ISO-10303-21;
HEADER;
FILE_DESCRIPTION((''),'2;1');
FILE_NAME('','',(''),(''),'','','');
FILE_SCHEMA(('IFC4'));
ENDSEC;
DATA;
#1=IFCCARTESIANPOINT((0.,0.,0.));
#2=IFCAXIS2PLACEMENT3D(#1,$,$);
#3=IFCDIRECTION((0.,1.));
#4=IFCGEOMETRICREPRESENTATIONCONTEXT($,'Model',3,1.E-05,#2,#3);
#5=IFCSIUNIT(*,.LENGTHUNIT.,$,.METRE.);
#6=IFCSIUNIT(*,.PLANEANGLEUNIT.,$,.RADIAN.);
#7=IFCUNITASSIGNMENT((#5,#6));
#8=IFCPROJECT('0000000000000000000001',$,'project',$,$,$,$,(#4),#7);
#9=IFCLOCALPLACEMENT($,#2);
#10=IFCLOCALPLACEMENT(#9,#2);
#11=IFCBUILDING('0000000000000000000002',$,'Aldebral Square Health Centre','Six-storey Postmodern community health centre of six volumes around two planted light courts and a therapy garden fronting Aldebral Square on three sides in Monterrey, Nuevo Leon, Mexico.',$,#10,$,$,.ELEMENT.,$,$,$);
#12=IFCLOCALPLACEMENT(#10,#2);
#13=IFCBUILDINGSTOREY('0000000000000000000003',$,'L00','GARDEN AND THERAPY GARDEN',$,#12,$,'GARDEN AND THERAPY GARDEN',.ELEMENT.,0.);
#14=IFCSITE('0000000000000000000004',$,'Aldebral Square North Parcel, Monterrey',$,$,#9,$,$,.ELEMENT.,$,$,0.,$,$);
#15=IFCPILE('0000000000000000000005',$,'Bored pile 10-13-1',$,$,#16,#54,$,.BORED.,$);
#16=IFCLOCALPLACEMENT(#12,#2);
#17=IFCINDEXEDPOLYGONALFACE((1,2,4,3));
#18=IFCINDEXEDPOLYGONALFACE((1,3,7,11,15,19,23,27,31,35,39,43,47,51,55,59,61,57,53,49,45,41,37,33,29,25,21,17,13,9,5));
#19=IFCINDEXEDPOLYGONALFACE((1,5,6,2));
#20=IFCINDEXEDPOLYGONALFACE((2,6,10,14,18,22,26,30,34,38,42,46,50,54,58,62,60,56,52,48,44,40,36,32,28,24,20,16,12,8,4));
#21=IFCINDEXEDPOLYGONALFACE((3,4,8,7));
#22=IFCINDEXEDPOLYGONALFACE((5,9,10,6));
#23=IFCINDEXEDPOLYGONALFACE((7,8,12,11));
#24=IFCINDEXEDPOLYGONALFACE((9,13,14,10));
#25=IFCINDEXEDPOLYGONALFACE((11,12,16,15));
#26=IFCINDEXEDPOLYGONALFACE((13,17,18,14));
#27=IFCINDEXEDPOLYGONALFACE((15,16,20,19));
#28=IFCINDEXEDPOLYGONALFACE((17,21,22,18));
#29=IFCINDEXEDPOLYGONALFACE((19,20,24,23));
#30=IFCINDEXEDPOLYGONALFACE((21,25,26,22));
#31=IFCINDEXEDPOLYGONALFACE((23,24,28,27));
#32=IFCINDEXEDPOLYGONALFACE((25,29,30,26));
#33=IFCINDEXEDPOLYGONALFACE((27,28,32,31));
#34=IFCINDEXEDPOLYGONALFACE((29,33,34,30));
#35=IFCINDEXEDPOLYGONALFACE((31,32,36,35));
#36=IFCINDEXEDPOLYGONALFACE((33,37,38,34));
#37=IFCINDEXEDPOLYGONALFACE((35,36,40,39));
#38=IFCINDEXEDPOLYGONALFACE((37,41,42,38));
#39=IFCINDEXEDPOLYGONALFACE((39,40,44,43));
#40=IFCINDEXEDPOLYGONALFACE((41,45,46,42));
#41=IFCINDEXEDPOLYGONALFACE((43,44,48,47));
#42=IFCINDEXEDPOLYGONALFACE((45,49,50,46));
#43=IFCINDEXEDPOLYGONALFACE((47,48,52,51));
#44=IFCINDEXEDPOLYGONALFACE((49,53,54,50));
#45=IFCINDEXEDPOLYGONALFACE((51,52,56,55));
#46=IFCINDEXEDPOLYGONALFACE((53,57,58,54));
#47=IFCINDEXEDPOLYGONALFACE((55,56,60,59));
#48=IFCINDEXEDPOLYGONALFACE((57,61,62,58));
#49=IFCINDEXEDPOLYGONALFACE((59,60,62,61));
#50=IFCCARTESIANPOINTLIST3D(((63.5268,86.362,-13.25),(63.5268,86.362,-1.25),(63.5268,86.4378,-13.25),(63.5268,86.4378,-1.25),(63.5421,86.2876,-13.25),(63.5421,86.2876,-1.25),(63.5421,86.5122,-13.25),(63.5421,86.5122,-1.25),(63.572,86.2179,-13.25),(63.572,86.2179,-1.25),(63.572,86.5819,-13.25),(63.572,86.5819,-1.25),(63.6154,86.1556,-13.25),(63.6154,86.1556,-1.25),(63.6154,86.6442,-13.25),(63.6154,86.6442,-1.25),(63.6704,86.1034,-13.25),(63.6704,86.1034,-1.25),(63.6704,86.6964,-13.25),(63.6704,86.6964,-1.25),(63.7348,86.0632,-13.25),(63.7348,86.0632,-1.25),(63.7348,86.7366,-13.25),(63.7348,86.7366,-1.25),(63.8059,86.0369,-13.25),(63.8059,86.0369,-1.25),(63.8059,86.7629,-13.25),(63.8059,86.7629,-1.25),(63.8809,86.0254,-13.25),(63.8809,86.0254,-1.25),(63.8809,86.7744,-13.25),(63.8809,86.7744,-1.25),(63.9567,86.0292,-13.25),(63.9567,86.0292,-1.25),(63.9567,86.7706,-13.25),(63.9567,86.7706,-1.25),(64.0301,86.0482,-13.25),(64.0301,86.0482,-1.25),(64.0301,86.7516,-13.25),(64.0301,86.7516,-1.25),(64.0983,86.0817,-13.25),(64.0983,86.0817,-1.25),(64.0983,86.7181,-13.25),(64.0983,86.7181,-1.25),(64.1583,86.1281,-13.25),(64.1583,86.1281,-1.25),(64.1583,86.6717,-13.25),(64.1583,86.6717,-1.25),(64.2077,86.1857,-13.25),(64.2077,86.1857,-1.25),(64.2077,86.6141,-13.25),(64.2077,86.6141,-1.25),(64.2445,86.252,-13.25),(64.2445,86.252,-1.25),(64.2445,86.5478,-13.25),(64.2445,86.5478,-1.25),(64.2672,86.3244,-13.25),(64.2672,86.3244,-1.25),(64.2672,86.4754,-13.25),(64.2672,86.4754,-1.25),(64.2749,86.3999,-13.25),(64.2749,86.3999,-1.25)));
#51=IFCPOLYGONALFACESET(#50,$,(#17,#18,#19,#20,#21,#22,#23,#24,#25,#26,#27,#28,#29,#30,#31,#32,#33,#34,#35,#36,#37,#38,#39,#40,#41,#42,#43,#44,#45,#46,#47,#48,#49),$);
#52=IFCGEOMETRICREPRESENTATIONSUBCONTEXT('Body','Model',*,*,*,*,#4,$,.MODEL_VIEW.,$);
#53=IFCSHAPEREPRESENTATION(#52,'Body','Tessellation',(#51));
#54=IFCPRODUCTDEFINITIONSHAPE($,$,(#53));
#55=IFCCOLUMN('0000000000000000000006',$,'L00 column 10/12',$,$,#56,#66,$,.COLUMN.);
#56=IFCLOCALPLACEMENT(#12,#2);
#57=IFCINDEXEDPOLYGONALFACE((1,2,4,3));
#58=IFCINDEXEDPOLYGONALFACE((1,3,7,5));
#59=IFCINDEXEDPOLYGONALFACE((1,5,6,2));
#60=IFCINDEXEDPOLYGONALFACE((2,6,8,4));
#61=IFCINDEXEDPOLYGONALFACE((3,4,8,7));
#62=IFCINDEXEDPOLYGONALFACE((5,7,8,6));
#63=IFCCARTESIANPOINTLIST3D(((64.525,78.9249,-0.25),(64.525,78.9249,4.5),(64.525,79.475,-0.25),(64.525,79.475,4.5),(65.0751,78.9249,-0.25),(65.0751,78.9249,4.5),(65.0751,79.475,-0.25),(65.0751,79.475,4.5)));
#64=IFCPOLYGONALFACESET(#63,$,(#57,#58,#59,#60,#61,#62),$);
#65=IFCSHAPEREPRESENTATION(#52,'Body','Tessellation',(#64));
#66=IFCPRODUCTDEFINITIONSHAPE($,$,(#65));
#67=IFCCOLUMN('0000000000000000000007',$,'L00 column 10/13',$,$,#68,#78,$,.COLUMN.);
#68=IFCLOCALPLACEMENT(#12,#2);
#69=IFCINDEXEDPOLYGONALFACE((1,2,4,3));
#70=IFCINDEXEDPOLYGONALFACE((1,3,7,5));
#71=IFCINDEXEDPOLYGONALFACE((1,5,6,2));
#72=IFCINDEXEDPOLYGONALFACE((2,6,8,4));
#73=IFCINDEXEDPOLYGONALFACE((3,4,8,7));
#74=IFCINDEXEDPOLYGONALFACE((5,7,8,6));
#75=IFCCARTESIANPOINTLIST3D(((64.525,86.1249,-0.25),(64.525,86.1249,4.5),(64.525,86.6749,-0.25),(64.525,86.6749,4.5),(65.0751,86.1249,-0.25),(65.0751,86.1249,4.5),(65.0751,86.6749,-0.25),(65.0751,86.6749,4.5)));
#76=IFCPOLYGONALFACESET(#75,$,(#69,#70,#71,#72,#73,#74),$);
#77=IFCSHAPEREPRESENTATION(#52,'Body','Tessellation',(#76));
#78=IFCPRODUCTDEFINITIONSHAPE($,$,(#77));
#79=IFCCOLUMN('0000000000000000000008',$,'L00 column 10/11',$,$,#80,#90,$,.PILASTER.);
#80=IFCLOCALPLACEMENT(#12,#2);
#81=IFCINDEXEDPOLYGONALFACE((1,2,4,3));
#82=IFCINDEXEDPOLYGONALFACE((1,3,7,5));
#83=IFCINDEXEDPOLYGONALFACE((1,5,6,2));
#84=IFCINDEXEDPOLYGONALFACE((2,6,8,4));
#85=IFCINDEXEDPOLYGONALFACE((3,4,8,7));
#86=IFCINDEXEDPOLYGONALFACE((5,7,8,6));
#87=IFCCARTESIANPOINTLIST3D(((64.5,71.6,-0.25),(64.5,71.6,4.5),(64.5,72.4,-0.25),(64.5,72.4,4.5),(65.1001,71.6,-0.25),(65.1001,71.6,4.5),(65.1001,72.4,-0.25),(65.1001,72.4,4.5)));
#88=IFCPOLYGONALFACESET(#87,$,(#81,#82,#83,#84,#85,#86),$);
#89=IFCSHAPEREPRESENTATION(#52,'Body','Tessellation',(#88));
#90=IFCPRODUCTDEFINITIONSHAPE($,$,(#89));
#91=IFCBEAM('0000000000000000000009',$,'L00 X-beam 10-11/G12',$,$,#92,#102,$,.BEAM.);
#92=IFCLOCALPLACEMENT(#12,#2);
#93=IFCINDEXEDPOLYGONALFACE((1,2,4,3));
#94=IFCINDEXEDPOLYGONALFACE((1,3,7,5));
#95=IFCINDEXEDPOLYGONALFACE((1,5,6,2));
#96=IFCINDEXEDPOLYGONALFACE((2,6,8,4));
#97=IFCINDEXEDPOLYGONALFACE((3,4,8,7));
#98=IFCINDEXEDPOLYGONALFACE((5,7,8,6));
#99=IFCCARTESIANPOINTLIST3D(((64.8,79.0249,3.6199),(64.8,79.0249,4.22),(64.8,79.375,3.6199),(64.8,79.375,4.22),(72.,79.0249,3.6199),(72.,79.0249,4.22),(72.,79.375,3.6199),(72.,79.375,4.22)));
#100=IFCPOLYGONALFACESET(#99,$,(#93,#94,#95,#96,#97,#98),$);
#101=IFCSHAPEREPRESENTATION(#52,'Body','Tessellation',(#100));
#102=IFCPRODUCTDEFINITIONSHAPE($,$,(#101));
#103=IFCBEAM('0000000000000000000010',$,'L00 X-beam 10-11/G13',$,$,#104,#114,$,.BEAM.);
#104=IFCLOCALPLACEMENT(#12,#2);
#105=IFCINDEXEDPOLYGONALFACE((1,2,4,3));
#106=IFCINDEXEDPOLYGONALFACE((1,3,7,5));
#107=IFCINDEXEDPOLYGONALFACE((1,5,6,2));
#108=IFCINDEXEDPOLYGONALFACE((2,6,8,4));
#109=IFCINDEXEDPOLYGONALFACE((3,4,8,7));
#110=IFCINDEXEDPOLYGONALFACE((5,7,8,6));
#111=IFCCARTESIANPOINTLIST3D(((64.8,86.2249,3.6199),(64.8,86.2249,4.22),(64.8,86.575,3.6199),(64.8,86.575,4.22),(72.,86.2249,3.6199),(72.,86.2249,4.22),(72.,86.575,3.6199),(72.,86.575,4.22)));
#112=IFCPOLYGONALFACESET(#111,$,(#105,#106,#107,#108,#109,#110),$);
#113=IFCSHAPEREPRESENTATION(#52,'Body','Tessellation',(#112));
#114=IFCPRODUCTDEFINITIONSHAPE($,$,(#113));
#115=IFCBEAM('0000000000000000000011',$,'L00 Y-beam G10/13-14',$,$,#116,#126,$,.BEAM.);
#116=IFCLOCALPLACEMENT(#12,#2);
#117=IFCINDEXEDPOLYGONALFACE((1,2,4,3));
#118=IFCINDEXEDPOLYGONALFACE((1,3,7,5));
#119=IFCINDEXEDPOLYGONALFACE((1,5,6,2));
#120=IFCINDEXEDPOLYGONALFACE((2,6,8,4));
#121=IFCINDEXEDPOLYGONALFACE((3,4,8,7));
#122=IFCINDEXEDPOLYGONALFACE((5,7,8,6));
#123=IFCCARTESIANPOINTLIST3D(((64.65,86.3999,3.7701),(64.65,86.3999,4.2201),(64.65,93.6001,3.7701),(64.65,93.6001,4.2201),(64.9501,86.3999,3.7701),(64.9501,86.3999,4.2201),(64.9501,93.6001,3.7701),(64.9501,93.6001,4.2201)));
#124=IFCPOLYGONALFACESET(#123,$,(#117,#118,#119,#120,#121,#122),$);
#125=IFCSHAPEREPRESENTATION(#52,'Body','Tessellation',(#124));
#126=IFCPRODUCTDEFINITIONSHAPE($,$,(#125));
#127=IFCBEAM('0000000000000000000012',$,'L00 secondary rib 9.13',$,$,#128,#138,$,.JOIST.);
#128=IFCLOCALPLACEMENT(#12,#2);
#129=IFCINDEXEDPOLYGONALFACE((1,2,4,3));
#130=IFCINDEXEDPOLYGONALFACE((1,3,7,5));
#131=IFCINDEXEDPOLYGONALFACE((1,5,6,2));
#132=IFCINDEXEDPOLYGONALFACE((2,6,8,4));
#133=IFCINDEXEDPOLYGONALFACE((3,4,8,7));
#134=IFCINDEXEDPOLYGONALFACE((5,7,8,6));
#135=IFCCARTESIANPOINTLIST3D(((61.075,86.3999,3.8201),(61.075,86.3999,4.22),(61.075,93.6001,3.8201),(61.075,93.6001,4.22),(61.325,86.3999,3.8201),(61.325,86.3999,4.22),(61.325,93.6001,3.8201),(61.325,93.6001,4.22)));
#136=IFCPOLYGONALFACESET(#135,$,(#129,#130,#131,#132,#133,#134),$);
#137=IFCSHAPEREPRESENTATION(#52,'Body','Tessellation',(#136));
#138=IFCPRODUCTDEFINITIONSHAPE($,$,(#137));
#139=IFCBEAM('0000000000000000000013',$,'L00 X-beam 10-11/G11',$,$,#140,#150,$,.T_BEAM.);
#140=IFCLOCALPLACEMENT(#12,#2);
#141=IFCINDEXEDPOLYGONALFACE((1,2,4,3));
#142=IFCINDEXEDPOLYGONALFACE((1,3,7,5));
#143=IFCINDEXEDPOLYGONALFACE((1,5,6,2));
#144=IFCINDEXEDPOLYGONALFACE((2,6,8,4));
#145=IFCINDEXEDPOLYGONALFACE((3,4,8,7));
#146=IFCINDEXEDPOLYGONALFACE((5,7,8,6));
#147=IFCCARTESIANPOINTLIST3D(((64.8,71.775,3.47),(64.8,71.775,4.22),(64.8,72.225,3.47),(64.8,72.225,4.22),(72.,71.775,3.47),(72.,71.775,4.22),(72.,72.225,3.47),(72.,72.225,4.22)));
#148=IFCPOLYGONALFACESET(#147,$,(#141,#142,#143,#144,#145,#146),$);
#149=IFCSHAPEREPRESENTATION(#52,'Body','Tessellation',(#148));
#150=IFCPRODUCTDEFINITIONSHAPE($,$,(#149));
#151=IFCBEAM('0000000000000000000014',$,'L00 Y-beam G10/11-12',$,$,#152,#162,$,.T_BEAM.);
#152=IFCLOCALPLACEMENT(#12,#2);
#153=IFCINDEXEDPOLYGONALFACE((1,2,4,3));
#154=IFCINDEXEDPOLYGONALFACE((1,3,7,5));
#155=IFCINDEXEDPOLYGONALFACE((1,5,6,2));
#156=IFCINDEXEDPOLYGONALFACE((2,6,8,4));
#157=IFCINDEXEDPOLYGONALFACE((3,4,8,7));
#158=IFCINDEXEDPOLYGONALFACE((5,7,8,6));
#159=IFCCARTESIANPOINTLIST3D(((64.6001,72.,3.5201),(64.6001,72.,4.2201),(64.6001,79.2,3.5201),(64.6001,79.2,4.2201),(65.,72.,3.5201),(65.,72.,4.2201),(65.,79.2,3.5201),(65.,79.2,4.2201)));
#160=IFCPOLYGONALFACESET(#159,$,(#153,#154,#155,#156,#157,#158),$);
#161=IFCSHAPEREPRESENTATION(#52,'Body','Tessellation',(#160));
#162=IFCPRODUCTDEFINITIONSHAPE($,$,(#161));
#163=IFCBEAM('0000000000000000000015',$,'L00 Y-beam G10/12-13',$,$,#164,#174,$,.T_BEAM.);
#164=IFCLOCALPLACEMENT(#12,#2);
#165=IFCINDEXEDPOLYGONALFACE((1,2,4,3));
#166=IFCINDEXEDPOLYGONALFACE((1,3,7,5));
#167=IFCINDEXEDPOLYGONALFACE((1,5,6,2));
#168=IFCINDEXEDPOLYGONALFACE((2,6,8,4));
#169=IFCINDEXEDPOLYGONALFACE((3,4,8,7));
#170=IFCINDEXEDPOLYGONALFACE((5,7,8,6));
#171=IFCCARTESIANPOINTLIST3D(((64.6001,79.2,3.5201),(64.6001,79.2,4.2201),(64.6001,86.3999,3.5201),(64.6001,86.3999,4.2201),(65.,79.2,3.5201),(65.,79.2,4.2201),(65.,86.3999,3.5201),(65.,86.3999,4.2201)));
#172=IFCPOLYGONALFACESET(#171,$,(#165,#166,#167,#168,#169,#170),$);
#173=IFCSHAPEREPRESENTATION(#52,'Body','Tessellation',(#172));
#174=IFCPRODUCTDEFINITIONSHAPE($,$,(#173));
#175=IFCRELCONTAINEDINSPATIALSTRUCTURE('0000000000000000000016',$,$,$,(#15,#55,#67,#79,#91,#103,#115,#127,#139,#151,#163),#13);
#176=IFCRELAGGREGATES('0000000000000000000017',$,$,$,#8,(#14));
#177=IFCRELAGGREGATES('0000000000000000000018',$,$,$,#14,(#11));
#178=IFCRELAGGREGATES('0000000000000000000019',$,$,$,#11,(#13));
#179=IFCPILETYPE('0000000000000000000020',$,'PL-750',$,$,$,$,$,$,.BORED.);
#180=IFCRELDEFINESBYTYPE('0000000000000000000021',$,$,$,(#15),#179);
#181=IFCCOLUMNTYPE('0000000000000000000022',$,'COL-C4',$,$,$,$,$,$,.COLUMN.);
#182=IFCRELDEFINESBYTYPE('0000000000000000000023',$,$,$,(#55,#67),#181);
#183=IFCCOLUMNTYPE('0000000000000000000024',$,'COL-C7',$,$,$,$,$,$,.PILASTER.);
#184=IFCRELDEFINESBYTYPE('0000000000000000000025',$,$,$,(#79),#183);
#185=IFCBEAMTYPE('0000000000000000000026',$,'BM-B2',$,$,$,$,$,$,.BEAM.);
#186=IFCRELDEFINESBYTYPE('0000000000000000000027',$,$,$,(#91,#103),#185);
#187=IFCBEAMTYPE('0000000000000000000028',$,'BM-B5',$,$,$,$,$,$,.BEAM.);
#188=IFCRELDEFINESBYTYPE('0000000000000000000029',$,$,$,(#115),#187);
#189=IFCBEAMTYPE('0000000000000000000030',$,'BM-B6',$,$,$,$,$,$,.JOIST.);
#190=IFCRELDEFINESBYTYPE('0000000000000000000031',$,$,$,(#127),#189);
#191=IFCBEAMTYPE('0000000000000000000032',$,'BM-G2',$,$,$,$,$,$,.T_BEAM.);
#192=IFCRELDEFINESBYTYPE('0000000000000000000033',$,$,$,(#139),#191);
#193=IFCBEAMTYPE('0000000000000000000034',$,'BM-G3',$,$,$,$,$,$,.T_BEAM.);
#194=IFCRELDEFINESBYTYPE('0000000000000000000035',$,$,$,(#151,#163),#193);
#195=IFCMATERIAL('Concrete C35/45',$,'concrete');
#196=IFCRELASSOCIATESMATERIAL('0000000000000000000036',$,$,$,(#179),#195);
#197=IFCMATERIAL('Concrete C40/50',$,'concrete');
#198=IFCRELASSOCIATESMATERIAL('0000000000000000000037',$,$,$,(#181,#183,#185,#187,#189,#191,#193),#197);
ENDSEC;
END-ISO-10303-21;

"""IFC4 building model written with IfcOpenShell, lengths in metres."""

from ifc_helpers import new_model, si_unit, direction, frame, origin, origin_2d, place, context, subcontext, project, spatial, rectangle, circle, extrude, material, material_profile, profile_set, type_object, element, save


model = new_model("IFC4")

# Units and contexts
model_context = context("Model", 3, precision=1e-05, world=origin(), true_north=direction((0.0, 1.0)))
body_context = subcontext(model_context, "Body", "Model", "MODEL_VIEW")
ifc_project = project(units=[si_unit("LENGTHUNIT", "METRE"), si_unit("PLANEANGLEUNIT", "RADIAN")], contexts=[model_context])

# Site, building, storey
site_placement = place(None, origin())
site = spatial("IfcSite", under=ifc_project, at=site_placement, Name="Aldebral Square North Parcel, Monterrey", CompositionType="ELEMENT", RefElevation=0.0)
building_placement = place(site_placement, origin())
building = spatial("IfcBuilding", under=site, at=building_placement, Name="Aldebral Square Health Centre", Description="Six-storey Postmodern community health centre of six volumes around two planted light courts and a therapy garden fronting Aldebral Square on three sides in Monterrey, Nuevo Leon, Mexico.", CompositionType="ELEMENT")
storey_placement = place(building_placement, origin())
storey = spatial("IfcBuildingStorey", under=building, at=storey_placement, Name="L00", Description="GARDEN AND THERAPY GARDEN", LongName="GARDEN AND THERAPY GARDEN", CompositionType="ELEMENT", Elevation=0.0)

# Shared definitions
ifc_material_1 = material(Name="Concrete C35/45", Category="concrete")

# Pile
ifc_material_profile_1 = material_profile(ifc_material_1, circle(Radius=0.375, at=origin_2d()), Name="PILE D750")
ifc_profile_set_1 = profile_set([ifc_material_profile_1], Name="Concrete C35/45")
pile_type_1 = type_object("IfcPileType", Name="PL-750", PredefinedType="BORED", material=ifc_profile_set_1)
for number, where, z_axis, x_axis, name in (
    (1, (63.8999, 86.3999, -1.25), (0.0, 0.0, -1.0), (1.0, 0.0, 0.0), "Bored pile 10-13-1"),
):
    element("IfcPile", number, at=place(storey_placement, frame(where, z_axis=z_axis, x_axis=x_axis)), inside=storey, type_object=pile_type_1, Name=name, PredefinedType="BORED", context=body_context, shape_type="SweptSolid", body=[
        extrude(circle(Radius=0.375, at=origin_2d()), origin(), (0.0, 0.0, 1.0), 12.0),
    ])

# Columns
ifc_material_2 = material(Name="Concrete C40/50", Category="concrete")
ifc_material_profile_2 = material_profile(ifc_material_2, rectangle(XDim=0.55, YDim=0.55, at=origin_2d()), Name="RC 550x550")
ifc_profile_set_2 = profile_set([ifc_material_profile_2], Name="Concrete C40/50")
column_type_1 = type_object("IfcColumnType", Name="COL-C4", PredefinedType="COLUMN", material=ifc_profile_set_2)
for number, where, z_axis, x_axis, name in (
    (2, (64.8, 79.2, -0.25), (0.0, 0.0, 1.0), (1.0, 0.0, 0.0), "L00 column 10/12"),
    (3, (64.8, 86.3999, -0.25), (0.0, 0.0, 1.0), (1.0, 0.0, 0.0), "L00 column 10/13"),
):
    element("IfcColumn", number, at=place(storey_placement, frame(where, z_axis=z_axis, x_axis=x_axis)), inside=storey, type_object=column_type_1, Name=name, PredefinedType="COLUMN", context=body_context, shape_type="SweptSolid", body=[
        extrude(rectangle(XDim=0.55, YDim=0.55, at=origin_2d()), origin(), (0.0, 0.0, 1.0), 4.75),
    ])
ifc_material_profile_3 = material_profile(ifc_material_2, rectangle(XDim=0.6001, YDim=0.8, at=origin_2d()), Name="RC 600x800")
ifc_profile_set_3 = profile_set([ifc_material_profile_3], Name="Concrete C40/50")
column_type_2 = type_object("IfcColumnType", Name="COL-C7", PredefinedType="PILASTER", material=ifc_profile_set_3)
column_placement = place(storey_placement, frame((64.8, 72.0, -0.25), z_axis=(0.0, 0.0, 1.0), x_axis=(1.0, 0.0, 0.0)))
element("IfcColumn", 4, at=column_placement, inside=storey, type_object=column_type_2, Name="L00 column 10/11", PredefinedType="PILASTER", context=body_context, shape_type="SweptSolid", body=[
    extrude(rectangle(XDim=0.6001, YDim=0.8, at=origin_2d()), origin(), (0.0, 0.0, 1.0), 4.75),
])

# Beams
ifc_material_profile_4 = material_profile(ifc_material_2, rectangle(XDim=0.3501, YDim=0.6001, at=origin_2d()), Name="RC 350x600")
ifc_profile_set_4 = profile_set([ifc_material_profile_4], Name="Concrete C40/50")
beam_type_1 = type_object("IfcBeamType", Name="BM-B2", PredefinedType="BEAM", material=ifc_profile_set_4)
for number, where, z_axis, x_axis, name in (
    (5, (64.8, 79.2, 3.9199), (1.0, 0.0, 0.0), (0.0, 1.0, 0.0), "L00 X-beam 10-11/G12"),
    (6, (64.8, 86.3999, 3.9199), (1.0, 0.0, 0.0), (0.0, 1.0, 0.0), "L00 X-beam 10-11/G13"),
):
    element("IfcBeam", number, at=place(storey_placement, frame(where, z_axis=z_axis, x_axis=x_axis)), inside=storey, type_object=beam_type_1, Name=name, PredefinedType="BEAM", context=body_context, shape_type="SweptSolid", body=[
        extrude(rectangle(XDim=0.3501, YDim=0.6001, at=origin_2d()), origin(), (0.0, 0.0, 1.0), 7.2),
    ])
ifc_material_profile_5 = material_profile(ifc_material_2, rectangle(XDim=0.3, YDim=0.45, at=origin_2d()), Name="RC 300x450")
ifc_profile_set_5 = profile_set([ifc_material_profile_5], Name="Concrete C40/50")
beam_type_2 = type_object("IfcBeamType", Name="BM-B5", PredefinedType="BEAM", material=ifc_profile_set_5)
beam_1_placement = place(storey_placement, frame((64.8, 86.3999, 3.9951), z_axis=(0.0, 1.0, 0.0), x_axis=(-1.0, 0.0, 0.0)))
element("IfcBeam", 7, at=beam_1_placement, inside=storey, type_object=beam_type_2, Name="L00 Y-beam G10/13-14", PredefinedType="BEAM", context=body_context, shape_type="SweptSolid", body=[
    extrude(rectangle(XDim=0.3, YDim=0.45, at=origin_2d()), origin(), (0.0, 0.0, 1.0), 7.2002),
])
ifc_material_profile_6 = material_profile(ifc_material_2, rectangle(XDim=0.25, YDim=0.3999, at=origin_2d()), Name="RC 250x400")
ifc_profile_set_6 = profile_set([ifc_material_profile_6], Name="Concrete C40/50")
beam_type_3 = type_object("IfcBeamType", Name="BM-B6", PredefinedType="JOIST", material=ifc_profile_set_6)
beam_2_placement = place(storey_placement, frame((61.2, 86.3999, 4.02), z_axis=(0.0, 1.0, 0.0), x_axis=(-1.0, 0.0, 0.0)))
element("IfcBeam", 8, at=beam_2_placement, inside=storey, type_object=beam_type_3, Name="L00 secondary rib 9.13", PredefinedType="JOIST", context=body_context, shape_type="SweptSolid", body=[
    extrude(rectangle(XDim=0.25, YDim=0.3999, at=origin_2d()), origin(), (0.0, 0.0, 1.0), 7.2002),
])
ifc_material_profile_7 = material_profile(ifc_material_2, rectangle(XDim=0.45, YDim=0.75, at=origin_2d()), Name="RC 450x750")
ifc_profile_set_7 = profile_set([ifc_material_profile_7], Name="Concrete C40/50")
beam_type_4 = type_object("IfcBeamType", Name="BM-G2", PredefinedType="T_BEAM", material=ifc_profile_set_7)
beam_3_placement = place(storey_placement, frame((64.8, 72.0, 3.845), z_axis=(1.0, 0.0, 0.0), x_axis=(0.0, 1.0, 0.0)))
element("IfcBeam", 9, at=beam_3_placement, inside=storey, type_object=beam_type_4, Name="L00 X-beam 10-11/G11", PredefinedType="T_BEAM", context=body_context, shape_type="SweptSolid", body=[
    extrude(rectangle(XDim=0.45, YDim=0.75, at=origin_2d()), origin(), (0.0, 0.0, 1.0), 7.2),
])
ifc_material_profile_8 = material_profile(ifc_material_2, rectangle(XDim=0.3999, YDim=0.7, at=origin_2d()), Name="RC 400x700")
ifc_profile_set_8 = profile_set([ifc_material_profile_8], Name="Concrete C40/50")
beam_type_5 = type_object("IfcBeamType", Name="BM-G3", PredefinedType="T_BEAM", material=ifc_profile_set_8)
for number, where, z_axis, x_axis, name in (
    (10, (64.8, 72.0, 3.8701), (0.0, 1.0, 0.0), (-1.0, 0.0, 0.0), "L00 Y-beam G10/11-12"),
    (11, (64.8, 79.2, 3.8701), (0.0, 1.0, 0.0), (-1.0, 0.0, 0.0), "L00 Y-beam G10/12-13"),
):
    element("IfcBeam", number, at=place(storey_placement, frame(where, z_axis=z_axis, x_axis=x_axis)), inside=storey, type_object=beam_type_5, Name=name, PredefinedType="T_BEAM", context=body_context, shape_type="SweptSolid", body=[
        extrude(rectangle(XDim=0.3999, YDim=0.7, at=origin_2d()), origin(), (0.0, 0.0, 1.0), 7.2),
    ])

save(model, "model.ifc")
